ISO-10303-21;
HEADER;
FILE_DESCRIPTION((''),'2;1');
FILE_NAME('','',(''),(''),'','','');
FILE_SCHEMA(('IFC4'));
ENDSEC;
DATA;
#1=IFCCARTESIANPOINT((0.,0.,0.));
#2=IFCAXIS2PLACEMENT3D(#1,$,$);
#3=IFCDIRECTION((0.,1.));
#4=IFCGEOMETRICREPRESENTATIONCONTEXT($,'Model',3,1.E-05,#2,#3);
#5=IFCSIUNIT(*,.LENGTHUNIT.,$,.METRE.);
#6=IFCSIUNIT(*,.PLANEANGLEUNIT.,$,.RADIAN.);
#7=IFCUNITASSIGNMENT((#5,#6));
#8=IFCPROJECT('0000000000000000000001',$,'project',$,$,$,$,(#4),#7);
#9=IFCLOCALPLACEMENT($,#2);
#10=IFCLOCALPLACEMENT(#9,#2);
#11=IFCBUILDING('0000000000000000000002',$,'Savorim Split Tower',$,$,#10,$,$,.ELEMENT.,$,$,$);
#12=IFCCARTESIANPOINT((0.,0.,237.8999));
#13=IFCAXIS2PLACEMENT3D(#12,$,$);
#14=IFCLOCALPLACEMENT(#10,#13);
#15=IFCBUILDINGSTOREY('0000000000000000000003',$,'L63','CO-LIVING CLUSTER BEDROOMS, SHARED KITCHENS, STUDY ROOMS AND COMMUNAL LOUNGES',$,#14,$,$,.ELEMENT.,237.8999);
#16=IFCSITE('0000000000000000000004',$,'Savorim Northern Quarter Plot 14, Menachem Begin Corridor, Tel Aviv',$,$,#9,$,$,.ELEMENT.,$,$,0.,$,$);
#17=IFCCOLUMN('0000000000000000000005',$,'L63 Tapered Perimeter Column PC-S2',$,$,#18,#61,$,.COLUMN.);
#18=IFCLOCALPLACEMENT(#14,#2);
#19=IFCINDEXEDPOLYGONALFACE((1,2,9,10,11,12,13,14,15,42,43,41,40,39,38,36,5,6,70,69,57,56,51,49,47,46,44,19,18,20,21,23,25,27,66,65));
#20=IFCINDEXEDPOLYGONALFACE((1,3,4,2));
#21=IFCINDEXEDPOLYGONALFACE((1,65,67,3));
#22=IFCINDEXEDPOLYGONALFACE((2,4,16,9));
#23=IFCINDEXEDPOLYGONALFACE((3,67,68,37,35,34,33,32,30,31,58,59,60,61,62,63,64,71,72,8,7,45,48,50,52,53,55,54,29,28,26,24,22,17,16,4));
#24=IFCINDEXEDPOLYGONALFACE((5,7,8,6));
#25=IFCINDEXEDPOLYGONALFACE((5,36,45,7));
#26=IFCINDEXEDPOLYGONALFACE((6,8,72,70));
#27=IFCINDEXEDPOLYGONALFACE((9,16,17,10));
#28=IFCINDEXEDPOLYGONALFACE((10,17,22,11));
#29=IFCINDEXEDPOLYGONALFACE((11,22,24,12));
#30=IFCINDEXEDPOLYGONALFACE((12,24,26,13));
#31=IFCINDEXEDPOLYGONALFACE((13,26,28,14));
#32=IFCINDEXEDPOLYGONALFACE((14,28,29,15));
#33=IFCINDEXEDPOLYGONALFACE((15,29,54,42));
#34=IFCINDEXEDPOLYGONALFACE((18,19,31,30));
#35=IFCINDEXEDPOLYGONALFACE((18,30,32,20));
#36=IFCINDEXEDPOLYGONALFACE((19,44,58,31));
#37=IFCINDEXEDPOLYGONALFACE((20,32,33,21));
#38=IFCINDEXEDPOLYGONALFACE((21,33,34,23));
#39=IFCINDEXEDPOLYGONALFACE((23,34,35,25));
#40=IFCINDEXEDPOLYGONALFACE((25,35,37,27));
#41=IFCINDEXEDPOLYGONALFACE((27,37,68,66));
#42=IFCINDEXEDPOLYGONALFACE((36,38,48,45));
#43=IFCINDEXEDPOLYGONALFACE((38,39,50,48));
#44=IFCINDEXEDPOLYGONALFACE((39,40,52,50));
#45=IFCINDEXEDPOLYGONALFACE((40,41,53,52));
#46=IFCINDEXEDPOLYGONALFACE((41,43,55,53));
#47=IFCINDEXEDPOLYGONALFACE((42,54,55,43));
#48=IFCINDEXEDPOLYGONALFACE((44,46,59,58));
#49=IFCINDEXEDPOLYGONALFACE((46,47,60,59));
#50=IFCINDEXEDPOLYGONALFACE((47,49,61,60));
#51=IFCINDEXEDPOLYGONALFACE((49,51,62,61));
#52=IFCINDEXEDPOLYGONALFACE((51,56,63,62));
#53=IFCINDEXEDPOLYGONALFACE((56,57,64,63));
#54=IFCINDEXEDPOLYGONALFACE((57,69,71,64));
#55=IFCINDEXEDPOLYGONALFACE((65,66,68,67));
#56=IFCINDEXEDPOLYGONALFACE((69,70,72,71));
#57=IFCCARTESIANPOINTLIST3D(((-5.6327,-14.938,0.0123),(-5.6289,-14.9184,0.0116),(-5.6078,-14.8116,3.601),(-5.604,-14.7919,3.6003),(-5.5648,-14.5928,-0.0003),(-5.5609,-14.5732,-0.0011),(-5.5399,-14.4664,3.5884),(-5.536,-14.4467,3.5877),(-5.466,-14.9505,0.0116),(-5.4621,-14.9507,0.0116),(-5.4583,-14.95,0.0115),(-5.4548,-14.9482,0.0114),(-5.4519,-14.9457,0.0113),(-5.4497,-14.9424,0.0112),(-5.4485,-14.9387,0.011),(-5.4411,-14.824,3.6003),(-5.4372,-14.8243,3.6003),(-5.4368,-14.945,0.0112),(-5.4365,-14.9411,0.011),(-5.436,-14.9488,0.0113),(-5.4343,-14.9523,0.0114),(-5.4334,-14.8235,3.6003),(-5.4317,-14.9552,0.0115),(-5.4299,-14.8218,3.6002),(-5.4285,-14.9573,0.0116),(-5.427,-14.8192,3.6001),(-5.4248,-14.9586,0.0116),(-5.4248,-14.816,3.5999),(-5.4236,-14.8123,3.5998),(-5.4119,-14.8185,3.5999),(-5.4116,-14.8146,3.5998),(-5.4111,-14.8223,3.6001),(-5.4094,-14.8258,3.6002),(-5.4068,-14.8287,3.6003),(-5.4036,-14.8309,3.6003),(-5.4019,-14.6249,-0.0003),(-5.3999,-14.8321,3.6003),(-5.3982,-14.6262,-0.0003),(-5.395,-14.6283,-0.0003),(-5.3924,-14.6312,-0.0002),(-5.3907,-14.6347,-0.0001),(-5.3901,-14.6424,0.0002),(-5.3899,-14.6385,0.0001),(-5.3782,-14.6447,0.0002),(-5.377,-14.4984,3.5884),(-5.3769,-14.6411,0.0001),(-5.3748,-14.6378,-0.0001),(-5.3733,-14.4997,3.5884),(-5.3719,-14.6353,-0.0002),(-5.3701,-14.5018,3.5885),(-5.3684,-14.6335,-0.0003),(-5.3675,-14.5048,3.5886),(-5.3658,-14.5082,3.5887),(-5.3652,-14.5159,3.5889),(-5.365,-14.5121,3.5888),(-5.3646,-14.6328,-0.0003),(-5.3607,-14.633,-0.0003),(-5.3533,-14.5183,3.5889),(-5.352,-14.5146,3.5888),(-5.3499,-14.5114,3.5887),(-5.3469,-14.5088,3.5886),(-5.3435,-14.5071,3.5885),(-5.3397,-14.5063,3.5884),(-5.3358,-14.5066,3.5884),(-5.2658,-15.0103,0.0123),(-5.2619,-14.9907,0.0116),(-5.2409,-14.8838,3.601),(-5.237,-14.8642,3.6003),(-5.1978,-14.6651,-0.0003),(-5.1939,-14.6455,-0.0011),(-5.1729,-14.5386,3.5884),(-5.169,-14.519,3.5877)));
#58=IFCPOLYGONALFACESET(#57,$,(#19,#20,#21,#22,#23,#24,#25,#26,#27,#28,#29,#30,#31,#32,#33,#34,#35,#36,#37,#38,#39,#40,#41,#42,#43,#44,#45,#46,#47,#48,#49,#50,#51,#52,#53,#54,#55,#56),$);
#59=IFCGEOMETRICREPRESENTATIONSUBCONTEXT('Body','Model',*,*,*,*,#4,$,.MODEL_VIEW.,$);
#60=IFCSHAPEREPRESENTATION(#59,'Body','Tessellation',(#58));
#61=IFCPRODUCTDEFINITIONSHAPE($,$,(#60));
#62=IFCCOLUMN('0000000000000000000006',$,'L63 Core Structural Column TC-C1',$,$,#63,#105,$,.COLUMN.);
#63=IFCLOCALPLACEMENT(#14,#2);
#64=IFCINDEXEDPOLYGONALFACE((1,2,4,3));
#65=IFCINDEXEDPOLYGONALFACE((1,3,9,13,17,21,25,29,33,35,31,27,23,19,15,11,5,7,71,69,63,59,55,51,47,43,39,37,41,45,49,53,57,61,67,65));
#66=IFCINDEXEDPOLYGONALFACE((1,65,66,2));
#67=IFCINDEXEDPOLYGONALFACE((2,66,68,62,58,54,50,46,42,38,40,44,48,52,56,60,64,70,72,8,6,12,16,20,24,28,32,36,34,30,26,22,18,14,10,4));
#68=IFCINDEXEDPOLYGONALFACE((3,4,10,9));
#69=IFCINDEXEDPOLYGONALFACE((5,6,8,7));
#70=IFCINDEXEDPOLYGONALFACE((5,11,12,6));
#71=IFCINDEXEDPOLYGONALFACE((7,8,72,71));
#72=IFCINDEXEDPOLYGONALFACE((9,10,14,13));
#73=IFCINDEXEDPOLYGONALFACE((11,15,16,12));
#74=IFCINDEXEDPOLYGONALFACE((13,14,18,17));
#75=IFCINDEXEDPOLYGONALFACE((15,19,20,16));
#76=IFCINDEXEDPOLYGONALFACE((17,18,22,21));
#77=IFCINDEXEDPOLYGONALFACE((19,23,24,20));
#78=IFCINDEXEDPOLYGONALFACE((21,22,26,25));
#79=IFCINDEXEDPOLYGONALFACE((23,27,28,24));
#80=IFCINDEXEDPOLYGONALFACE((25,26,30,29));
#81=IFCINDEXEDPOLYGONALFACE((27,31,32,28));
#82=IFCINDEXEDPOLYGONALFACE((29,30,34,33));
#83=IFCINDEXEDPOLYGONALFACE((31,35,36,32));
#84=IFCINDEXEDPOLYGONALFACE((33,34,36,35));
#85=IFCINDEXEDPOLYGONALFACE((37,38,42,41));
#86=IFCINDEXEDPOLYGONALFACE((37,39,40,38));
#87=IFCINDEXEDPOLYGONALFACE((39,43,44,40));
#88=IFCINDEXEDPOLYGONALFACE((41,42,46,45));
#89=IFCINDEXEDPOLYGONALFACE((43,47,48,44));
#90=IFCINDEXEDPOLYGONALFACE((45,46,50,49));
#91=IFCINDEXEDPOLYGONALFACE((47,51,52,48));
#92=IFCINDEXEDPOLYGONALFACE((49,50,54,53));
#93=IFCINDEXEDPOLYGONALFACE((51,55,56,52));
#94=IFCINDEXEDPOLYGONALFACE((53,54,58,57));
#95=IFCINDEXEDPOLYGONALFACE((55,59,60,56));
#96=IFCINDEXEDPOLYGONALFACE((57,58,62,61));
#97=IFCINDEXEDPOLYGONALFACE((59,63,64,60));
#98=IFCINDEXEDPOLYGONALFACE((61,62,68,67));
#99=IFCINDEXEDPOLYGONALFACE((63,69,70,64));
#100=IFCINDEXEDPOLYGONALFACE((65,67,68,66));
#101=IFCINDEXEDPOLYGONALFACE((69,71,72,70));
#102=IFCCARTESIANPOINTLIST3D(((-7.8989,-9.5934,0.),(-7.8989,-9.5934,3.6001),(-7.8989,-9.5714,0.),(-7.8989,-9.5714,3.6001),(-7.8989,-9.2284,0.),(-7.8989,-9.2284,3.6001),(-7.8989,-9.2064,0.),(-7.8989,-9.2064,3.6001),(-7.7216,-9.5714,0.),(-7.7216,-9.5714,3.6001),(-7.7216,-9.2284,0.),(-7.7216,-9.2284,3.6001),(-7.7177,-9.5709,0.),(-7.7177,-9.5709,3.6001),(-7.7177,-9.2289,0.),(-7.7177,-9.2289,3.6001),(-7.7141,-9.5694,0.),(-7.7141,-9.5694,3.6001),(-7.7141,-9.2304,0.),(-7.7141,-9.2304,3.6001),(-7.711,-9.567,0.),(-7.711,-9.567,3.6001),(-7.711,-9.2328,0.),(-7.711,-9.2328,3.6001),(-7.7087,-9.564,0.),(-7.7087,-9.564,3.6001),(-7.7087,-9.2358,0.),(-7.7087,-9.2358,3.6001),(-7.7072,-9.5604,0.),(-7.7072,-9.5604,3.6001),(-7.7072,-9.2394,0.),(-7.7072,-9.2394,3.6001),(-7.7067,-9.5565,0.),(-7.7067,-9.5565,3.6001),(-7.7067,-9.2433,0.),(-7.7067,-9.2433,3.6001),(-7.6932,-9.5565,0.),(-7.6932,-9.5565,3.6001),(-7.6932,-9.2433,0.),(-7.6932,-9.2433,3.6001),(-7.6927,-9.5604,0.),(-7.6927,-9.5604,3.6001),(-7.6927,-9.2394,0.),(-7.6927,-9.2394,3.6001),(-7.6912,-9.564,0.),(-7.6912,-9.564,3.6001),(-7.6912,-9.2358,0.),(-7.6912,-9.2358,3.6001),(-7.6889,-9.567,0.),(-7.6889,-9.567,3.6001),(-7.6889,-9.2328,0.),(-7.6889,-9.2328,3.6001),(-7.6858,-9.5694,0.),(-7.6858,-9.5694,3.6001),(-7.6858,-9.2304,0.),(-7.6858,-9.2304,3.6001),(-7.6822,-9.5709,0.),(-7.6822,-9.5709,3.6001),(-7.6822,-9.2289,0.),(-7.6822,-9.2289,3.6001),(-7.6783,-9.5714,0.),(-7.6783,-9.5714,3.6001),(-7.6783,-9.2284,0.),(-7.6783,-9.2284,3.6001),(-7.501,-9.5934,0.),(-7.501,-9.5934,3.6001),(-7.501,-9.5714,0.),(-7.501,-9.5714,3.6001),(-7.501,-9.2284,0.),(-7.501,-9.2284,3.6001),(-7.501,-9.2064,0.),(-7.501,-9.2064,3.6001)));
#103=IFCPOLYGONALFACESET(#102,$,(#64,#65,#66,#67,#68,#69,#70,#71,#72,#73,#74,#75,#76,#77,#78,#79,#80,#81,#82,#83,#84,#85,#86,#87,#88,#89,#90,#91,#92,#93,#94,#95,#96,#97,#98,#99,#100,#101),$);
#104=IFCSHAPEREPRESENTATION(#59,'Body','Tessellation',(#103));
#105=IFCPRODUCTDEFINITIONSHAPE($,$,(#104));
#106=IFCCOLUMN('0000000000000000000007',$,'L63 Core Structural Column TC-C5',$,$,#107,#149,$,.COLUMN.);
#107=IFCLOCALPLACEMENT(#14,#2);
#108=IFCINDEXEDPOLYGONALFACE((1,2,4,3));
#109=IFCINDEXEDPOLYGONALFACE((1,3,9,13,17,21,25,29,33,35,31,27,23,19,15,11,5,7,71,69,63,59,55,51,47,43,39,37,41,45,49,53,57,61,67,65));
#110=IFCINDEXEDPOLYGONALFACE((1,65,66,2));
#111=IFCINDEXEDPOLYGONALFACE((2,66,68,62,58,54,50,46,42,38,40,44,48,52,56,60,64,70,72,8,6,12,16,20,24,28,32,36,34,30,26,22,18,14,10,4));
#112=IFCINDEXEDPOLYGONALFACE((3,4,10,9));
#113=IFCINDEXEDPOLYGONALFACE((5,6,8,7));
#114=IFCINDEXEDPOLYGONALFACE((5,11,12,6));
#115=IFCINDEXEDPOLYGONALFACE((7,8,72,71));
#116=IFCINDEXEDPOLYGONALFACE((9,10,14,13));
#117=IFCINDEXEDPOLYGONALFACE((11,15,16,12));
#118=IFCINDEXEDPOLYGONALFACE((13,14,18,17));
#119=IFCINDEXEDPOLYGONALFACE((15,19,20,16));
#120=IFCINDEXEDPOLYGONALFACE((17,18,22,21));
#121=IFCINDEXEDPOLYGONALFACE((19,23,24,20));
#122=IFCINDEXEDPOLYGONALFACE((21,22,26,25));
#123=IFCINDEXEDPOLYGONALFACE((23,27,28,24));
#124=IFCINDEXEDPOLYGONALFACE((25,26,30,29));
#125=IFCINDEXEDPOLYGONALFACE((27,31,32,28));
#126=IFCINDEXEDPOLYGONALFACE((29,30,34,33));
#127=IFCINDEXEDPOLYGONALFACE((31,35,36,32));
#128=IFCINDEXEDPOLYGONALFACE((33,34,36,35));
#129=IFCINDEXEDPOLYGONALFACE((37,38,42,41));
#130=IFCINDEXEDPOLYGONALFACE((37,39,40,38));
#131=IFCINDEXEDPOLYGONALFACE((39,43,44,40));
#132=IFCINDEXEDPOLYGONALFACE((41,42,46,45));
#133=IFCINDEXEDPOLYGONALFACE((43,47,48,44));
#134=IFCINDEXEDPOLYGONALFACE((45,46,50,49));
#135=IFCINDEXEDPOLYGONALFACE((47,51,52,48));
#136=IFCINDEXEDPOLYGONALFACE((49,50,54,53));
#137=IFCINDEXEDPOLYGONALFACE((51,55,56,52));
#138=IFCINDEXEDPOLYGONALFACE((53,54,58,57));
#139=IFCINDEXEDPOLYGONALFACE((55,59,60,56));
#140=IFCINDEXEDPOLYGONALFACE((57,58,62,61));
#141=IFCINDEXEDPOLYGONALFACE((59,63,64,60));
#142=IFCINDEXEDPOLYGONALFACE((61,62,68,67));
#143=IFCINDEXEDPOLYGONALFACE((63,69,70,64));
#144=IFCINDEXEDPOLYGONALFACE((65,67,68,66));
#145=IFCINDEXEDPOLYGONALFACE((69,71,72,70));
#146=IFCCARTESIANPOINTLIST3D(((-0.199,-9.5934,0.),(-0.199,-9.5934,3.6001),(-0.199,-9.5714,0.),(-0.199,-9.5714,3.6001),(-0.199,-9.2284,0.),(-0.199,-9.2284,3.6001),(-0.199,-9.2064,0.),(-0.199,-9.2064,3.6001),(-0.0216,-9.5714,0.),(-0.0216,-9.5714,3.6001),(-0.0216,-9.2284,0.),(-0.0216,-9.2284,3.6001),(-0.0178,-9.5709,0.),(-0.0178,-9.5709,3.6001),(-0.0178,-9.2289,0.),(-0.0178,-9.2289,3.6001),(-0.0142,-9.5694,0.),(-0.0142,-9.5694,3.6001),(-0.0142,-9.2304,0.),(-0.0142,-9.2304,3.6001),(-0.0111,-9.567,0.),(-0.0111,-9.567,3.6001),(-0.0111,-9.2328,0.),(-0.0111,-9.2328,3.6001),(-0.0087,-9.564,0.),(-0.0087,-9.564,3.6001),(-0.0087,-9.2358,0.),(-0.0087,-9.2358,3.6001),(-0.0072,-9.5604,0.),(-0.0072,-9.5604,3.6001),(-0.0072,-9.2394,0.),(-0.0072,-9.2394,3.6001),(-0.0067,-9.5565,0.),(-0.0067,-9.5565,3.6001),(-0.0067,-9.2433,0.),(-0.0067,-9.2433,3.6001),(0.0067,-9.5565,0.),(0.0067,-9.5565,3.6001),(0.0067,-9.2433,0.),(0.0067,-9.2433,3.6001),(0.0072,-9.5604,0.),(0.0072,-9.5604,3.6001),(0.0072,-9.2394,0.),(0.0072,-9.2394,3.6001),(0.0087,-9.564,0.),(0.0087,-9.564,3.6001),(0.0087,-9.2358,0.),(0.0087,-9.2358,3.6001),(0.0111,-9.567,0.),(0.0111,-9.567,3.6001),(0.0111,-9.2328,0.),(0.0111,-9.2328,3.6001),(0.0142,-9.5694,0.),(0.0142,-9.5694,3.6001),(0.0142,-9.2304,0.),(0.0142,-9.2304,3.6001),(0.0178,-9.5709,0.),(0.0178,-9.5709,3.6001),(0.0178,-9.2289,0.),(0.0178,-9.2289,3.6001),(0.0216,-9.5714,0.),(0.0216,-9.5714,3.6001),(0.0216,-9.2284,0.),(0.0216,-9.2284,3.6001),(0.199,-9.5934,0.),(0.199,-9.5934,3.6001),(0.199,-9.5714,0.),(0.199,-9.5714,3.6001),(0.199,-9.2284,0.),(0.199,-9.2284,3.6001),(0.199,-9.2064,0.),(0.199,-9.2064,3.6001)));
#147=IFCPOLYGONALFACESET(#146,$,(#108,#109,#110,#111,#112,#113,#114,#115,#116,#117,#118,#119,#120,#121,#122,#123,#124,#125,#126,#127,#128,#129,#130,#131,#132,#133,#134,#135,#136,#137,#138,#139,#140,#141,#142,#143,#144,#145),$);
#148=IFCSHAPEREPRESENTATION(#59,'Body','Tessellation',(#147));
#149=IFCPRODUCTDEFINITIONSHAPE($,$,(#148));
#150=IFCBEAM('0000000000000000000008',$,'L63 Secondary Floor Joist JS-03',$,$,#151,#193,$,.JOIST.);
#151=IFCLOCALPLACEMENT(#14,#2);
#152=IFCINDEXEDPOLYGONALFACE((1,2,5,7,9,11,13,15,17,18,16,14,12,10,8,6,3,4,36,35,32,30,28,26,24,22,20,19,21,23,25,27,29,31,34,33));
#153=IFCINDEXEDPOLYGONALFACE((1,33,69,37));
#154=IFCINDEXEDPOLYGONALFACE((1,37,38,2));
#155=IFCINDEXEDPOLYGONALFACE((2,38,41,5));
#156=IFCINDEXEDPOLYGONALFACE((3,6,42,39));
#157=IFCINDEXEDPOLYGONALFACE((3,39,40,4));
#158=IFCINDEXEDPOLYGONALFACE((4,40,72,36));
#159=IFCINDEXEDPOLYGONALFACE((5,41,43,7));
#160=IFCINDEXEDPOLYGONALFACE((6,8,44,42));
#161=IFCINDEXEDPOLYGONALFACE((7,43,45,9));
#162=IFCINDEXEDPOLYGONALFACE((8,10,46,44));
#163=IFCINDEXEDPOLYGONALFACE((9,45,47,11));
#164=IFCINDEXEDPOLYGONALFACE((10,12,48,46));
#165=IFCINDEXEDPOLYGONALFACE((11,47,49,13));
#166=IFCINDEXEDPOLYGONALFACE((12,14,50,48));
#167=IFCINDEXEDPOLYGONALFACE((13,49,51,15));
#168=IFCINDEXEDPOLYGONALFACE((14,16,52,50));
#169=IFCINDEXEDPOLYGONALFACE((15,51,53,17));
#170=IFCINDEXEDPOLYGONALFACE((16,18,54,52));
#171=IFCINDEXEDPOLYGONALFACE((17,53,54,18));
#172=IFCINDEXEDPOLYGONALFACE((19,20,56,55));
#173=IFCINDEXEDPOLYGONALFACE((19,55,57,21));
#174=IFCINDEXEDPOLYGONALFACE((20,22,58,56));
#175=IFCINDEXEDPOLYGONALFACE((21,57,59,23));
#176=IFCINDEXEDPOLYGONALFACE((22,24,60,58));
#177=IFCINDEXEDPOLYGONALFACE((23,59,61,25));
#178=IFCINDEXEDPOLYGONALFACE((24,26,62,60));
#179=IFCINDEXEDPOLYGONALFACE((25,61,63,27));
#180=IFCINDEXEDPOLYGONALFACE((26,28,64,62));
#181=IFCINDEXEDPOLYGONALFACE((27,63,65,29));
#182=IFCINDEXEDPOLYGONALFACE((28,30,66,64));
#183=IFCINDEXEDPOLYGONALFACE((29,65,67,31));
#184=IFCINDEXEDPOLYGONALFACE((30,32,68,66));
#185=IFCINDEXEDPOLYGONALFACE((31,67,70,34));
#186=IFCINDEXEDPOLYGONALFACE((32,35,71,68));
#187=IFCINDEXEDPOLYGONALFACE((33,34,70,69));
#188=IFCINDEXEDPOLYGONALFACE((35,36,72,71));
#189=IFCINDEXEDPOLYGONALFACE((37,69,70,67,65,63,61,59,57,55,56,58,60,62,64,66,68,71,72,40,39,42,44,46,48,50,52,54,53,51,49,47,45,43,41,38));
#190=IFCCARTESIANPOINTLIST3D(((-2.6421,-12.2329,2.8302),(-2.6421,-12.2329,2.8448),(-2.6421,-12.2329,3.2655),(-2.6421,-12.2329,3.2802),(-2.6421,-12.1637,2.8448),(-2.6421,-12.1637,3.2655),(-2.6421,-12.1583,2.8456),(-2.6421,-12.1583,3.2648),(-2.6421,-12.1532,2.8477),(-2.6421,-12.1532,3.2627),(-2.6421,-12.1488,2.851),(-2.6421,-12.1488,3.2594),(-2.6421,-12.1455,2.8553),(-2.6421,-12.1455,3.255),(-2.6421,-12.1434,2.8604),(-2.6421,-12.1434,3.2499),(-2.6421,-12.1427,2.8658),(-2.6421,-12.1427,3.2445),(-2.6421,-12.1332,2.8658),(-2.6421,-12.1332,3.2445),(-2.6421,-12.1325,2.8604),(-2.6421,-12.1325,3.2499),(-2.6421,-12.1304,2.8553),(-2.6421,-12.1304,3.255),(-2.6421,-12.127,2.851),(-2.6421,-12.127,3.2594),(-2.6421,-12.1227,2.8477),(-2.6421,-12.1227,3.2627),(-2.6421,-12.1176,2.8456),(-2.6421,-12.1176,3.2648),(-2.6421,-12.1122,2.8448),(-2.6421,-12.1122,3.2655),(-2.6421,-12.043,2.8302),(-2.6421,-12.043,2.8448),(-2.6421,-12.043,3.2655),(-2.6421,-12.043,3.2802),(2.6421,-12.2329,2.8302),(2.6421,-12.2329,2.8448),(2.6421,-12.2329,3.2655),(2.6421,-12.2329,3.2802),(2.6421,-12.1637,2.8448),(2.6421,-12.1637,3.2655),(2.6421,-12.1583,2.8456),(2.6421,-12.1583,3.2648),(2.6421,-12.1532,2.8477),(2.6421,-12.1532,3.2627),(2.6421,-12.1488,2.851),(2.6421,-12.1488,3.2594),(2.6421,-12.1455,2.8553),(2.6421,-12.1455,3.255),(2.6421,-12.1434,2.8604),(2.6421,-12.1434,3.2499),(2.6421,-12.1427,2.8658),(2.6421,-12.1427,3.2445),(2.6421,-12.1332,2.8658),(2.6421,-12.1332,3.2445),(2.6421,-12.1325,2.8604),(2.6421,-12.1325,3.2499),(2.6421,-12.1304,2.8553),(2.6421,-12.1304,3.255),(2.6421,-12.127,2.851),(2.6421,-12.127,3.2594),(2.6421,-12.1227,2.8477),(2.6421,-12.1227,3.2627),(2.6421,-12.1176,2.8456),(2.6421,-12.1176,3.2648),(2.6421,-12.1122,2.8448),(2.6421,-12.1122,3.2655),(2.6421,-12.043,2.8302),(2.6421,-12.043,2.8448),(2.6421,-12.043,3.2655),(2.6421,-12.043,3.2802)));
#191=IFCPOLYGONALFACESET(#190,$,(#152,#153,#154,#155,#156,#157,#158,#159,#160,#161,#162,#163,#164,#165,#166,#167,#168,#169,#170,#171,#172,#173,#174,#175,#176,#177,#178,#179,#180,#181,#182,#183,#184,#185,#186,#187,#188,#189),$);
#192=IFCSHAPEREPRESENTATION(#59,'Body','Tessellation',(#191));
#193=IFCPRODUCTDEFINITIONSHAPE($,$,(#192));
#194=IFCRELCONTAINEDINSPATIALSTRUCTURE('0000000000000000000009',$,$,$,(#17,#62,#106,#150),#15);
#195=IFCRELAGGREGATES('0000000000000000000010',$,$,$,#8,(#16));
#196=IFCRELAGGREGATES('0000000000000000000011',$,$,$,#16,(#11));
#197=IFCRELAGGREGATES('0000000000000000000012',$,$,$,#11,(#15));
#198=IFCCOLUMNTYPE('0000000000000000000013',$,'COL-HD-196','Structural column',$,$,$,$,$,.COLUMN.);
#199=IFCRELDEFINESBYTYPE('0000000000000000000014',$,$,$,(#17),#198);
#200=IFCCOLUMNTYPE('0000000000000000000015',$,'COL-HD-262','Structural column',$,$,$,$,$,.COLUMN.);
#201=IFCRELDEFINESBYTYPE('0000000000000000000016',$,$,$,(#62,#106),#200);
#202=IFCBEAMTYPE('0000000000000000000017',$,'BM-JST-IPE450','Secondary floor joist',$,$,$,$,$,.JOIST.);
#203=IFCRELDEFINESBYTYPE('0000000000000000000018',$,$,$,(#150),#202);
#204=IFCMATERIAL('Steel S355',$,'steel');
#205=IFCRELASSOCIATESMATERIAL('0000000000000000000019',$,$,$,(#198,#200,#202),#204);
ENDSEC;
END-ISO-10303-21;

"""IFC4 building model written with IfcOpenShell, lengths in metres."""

from ifc_helpers import new_model, si_unit, direction, frame, origin, origin_2d, place, context, subcontext, project, spatial, i_section, extrude, material, material_profile, profile_set, type_object, element, save


model = new_model("IFC4")

# Units and contexts
model_context = context("Model", 3, precision=1e-05, world=origin(), true_north=direction((0.0, 1.0)))
body_context = subcontext(model_context, "Body", "Model", "MODEL_VIEW")
ifc_project = project(units=[si_unit("LENGTHUNIT", "METRE"), si_unit("PLANEANGLEUNIT", "RADIAN")], contexts=[model_context])

# Site, building, storey
site_placement = place(None, origin())
site = spatial("IfcSite", under=ifc_project, at=site_placement, Name="Savorim Northern Quarter Plot 14, Menachem Begin Corridor, Tel Aviv", CompositionType="ELEMENT", RefElevation=0.0)
building_placement = place(site_placement, origin())
building = spatial("IfcBuilding", under=site, at=building_placement, Name="Savorim Split Tower", CompositionType="ELEMENT")
storey_placement = place(building_placement, frame((0.0, 0.0, 237.8999)))
storey = spatial("IfcBuildingStorey", under=building, at=storey_placement, Name="L63", Description="CO-LIVING CLUSTER BEDROOMS, SHARED KITCHENS, STUDY ROOMS AND COMMUNAL LOUNGES", CompositionType="ELEMENT", Elevation=237.8999)

# Columns
ifc_material_1 = material(Name="Steel S355", Category="steel")
ifc_material_profile_1 = material_profile(ifc_material_1, i_section(OverallWidth=0.374, OverallDepth=0.3721, WebThickness=0.0122, FlangeThickness=0.02, FilletRadius=0.0149, at=origin_2d()), Name="HD 360x196")
ifc_profile_set_1 = profile_set([ifc_material_profile_1], Name="Steel S355")
column_type_1 = type_object("IfcColumnType", Name="COL-HD-196", Description="Structural column", PredefinedType="COLUMN", material=ifc_profile_set_1)
column_placement = place(storey_placement, frame((-5.4133, -14.7917, 0.0056), z_axis=(0.006934, 0.035215, 0.999356), x_axis=(-0.981159, 0.193201, 0.0)))
element("IfcColumn", 1, at=column_placement, inside=storey, type_object=column_type_1, Name="L63 Tapered Perimeter Column PC-S2", PredefinedType="COLUMN", context=body_context, shape_type="SweptSolid", body=[
    extrude(i_section(OverallWidth=0.374, OverallDepth=0.3721, WebThickness=0.0122, FlangeThickness=0.02, FilletRadius=0.0149, at=origin_2d()), origin(), (0.0, 0.0, 1.0), 3.5911),
])
ifc_material_profile_2 = material_profile(ifc_material_1, i_section(OverallWidth=0.3979, OverallDepth=0.387, WebThickness=0.0134, FlangeThickness=0.022, FilletRadius=0.0149, at=origin_2d()), Name="HD 400x262")
ifc_profile_set_2 = profile_set([ifc_material_profile_2], Name="Steel S355")
column_type_2 = type_object("IfcColumnType", Name="COL-HD-262", Description="Structural column", PredefinedType="COLUMN", material=ifc_profile_set_2)
for number, where, z_axis, x_axis, name in (
    (2, (-7.7, -9.3999, 0.0), (0.0, 0.0, 1.0), (1.0, 0.0, 0.0), "L63 Core Structural Column TC-C1"),
    (3, (0.0, -9.3999, 0.0), (0.0, 0.0, 1.0), (1.0, 0.0, 0.0), "L63 Core Structural Column TC-C5"),
):
    element("IfcColumn", number, at=place(storey_placement, frame(where, z_axis=z_axis, x_axis=x_axis)), inside=storey, type_object=column_type_2, Name=name, PredefinedType="COLUMN", context=body_context, shape_type="SweptSolid", body=[
        extrude(i_section(OverallWidth=0.3979, OverallDepth=0.387, WebThickness=0.0134, FlangeThickness=0.022, FilletRadius=0.0149, at=origin_2d()), origin(), (0.0, 0.0, 1.0), 3.6001),
    ])

# Beam
ifc_material_profile_3 = material_profile(ifc_material_1, i_section(OverallWidth=0.1899, OverallDepth=0.45, WebThickness=0.0095, FlangeThickness=0.0146, FilletRadius=0.021, at=origin_2d()), Name="IPE 450")
ifc_profile_set_3 = profile_set([ifc_material_profile_3], Name="Steel S355")
beam_type_1 = type_object("IfcBeamType", Name="BM-JST-IPE450", Description="Secondary floor joist", PredefinedType="JOIST", material=ifc_profile_set_3)
beam_1_placement = place(storey_placement, frame((-2.6421, -12.1379, 3.0552), z_axis=(1.0, 0.0, 0.0), x_axis=(0.0, 1.0, 0.0)))
element("IfcBeam", 4, at=beam_1_placement, inside=storey, type_object=beam_type_1, Name="L63 Secondary Floor Joist JS-03", PredefinedType="JOIST", context=body_context, shape_type="SweptSolid", body=[
    extrude(i_section(OverallWidth=0.1899, OverallDepth=0.45, WebThickness=0.0095, FlangeThickness=0.0146, FilletRadius=0.021, at=origin_2d()), origin(), (0.0, 0.0, 1.0), 5.2842),
])

save(model, "model.ifc")
